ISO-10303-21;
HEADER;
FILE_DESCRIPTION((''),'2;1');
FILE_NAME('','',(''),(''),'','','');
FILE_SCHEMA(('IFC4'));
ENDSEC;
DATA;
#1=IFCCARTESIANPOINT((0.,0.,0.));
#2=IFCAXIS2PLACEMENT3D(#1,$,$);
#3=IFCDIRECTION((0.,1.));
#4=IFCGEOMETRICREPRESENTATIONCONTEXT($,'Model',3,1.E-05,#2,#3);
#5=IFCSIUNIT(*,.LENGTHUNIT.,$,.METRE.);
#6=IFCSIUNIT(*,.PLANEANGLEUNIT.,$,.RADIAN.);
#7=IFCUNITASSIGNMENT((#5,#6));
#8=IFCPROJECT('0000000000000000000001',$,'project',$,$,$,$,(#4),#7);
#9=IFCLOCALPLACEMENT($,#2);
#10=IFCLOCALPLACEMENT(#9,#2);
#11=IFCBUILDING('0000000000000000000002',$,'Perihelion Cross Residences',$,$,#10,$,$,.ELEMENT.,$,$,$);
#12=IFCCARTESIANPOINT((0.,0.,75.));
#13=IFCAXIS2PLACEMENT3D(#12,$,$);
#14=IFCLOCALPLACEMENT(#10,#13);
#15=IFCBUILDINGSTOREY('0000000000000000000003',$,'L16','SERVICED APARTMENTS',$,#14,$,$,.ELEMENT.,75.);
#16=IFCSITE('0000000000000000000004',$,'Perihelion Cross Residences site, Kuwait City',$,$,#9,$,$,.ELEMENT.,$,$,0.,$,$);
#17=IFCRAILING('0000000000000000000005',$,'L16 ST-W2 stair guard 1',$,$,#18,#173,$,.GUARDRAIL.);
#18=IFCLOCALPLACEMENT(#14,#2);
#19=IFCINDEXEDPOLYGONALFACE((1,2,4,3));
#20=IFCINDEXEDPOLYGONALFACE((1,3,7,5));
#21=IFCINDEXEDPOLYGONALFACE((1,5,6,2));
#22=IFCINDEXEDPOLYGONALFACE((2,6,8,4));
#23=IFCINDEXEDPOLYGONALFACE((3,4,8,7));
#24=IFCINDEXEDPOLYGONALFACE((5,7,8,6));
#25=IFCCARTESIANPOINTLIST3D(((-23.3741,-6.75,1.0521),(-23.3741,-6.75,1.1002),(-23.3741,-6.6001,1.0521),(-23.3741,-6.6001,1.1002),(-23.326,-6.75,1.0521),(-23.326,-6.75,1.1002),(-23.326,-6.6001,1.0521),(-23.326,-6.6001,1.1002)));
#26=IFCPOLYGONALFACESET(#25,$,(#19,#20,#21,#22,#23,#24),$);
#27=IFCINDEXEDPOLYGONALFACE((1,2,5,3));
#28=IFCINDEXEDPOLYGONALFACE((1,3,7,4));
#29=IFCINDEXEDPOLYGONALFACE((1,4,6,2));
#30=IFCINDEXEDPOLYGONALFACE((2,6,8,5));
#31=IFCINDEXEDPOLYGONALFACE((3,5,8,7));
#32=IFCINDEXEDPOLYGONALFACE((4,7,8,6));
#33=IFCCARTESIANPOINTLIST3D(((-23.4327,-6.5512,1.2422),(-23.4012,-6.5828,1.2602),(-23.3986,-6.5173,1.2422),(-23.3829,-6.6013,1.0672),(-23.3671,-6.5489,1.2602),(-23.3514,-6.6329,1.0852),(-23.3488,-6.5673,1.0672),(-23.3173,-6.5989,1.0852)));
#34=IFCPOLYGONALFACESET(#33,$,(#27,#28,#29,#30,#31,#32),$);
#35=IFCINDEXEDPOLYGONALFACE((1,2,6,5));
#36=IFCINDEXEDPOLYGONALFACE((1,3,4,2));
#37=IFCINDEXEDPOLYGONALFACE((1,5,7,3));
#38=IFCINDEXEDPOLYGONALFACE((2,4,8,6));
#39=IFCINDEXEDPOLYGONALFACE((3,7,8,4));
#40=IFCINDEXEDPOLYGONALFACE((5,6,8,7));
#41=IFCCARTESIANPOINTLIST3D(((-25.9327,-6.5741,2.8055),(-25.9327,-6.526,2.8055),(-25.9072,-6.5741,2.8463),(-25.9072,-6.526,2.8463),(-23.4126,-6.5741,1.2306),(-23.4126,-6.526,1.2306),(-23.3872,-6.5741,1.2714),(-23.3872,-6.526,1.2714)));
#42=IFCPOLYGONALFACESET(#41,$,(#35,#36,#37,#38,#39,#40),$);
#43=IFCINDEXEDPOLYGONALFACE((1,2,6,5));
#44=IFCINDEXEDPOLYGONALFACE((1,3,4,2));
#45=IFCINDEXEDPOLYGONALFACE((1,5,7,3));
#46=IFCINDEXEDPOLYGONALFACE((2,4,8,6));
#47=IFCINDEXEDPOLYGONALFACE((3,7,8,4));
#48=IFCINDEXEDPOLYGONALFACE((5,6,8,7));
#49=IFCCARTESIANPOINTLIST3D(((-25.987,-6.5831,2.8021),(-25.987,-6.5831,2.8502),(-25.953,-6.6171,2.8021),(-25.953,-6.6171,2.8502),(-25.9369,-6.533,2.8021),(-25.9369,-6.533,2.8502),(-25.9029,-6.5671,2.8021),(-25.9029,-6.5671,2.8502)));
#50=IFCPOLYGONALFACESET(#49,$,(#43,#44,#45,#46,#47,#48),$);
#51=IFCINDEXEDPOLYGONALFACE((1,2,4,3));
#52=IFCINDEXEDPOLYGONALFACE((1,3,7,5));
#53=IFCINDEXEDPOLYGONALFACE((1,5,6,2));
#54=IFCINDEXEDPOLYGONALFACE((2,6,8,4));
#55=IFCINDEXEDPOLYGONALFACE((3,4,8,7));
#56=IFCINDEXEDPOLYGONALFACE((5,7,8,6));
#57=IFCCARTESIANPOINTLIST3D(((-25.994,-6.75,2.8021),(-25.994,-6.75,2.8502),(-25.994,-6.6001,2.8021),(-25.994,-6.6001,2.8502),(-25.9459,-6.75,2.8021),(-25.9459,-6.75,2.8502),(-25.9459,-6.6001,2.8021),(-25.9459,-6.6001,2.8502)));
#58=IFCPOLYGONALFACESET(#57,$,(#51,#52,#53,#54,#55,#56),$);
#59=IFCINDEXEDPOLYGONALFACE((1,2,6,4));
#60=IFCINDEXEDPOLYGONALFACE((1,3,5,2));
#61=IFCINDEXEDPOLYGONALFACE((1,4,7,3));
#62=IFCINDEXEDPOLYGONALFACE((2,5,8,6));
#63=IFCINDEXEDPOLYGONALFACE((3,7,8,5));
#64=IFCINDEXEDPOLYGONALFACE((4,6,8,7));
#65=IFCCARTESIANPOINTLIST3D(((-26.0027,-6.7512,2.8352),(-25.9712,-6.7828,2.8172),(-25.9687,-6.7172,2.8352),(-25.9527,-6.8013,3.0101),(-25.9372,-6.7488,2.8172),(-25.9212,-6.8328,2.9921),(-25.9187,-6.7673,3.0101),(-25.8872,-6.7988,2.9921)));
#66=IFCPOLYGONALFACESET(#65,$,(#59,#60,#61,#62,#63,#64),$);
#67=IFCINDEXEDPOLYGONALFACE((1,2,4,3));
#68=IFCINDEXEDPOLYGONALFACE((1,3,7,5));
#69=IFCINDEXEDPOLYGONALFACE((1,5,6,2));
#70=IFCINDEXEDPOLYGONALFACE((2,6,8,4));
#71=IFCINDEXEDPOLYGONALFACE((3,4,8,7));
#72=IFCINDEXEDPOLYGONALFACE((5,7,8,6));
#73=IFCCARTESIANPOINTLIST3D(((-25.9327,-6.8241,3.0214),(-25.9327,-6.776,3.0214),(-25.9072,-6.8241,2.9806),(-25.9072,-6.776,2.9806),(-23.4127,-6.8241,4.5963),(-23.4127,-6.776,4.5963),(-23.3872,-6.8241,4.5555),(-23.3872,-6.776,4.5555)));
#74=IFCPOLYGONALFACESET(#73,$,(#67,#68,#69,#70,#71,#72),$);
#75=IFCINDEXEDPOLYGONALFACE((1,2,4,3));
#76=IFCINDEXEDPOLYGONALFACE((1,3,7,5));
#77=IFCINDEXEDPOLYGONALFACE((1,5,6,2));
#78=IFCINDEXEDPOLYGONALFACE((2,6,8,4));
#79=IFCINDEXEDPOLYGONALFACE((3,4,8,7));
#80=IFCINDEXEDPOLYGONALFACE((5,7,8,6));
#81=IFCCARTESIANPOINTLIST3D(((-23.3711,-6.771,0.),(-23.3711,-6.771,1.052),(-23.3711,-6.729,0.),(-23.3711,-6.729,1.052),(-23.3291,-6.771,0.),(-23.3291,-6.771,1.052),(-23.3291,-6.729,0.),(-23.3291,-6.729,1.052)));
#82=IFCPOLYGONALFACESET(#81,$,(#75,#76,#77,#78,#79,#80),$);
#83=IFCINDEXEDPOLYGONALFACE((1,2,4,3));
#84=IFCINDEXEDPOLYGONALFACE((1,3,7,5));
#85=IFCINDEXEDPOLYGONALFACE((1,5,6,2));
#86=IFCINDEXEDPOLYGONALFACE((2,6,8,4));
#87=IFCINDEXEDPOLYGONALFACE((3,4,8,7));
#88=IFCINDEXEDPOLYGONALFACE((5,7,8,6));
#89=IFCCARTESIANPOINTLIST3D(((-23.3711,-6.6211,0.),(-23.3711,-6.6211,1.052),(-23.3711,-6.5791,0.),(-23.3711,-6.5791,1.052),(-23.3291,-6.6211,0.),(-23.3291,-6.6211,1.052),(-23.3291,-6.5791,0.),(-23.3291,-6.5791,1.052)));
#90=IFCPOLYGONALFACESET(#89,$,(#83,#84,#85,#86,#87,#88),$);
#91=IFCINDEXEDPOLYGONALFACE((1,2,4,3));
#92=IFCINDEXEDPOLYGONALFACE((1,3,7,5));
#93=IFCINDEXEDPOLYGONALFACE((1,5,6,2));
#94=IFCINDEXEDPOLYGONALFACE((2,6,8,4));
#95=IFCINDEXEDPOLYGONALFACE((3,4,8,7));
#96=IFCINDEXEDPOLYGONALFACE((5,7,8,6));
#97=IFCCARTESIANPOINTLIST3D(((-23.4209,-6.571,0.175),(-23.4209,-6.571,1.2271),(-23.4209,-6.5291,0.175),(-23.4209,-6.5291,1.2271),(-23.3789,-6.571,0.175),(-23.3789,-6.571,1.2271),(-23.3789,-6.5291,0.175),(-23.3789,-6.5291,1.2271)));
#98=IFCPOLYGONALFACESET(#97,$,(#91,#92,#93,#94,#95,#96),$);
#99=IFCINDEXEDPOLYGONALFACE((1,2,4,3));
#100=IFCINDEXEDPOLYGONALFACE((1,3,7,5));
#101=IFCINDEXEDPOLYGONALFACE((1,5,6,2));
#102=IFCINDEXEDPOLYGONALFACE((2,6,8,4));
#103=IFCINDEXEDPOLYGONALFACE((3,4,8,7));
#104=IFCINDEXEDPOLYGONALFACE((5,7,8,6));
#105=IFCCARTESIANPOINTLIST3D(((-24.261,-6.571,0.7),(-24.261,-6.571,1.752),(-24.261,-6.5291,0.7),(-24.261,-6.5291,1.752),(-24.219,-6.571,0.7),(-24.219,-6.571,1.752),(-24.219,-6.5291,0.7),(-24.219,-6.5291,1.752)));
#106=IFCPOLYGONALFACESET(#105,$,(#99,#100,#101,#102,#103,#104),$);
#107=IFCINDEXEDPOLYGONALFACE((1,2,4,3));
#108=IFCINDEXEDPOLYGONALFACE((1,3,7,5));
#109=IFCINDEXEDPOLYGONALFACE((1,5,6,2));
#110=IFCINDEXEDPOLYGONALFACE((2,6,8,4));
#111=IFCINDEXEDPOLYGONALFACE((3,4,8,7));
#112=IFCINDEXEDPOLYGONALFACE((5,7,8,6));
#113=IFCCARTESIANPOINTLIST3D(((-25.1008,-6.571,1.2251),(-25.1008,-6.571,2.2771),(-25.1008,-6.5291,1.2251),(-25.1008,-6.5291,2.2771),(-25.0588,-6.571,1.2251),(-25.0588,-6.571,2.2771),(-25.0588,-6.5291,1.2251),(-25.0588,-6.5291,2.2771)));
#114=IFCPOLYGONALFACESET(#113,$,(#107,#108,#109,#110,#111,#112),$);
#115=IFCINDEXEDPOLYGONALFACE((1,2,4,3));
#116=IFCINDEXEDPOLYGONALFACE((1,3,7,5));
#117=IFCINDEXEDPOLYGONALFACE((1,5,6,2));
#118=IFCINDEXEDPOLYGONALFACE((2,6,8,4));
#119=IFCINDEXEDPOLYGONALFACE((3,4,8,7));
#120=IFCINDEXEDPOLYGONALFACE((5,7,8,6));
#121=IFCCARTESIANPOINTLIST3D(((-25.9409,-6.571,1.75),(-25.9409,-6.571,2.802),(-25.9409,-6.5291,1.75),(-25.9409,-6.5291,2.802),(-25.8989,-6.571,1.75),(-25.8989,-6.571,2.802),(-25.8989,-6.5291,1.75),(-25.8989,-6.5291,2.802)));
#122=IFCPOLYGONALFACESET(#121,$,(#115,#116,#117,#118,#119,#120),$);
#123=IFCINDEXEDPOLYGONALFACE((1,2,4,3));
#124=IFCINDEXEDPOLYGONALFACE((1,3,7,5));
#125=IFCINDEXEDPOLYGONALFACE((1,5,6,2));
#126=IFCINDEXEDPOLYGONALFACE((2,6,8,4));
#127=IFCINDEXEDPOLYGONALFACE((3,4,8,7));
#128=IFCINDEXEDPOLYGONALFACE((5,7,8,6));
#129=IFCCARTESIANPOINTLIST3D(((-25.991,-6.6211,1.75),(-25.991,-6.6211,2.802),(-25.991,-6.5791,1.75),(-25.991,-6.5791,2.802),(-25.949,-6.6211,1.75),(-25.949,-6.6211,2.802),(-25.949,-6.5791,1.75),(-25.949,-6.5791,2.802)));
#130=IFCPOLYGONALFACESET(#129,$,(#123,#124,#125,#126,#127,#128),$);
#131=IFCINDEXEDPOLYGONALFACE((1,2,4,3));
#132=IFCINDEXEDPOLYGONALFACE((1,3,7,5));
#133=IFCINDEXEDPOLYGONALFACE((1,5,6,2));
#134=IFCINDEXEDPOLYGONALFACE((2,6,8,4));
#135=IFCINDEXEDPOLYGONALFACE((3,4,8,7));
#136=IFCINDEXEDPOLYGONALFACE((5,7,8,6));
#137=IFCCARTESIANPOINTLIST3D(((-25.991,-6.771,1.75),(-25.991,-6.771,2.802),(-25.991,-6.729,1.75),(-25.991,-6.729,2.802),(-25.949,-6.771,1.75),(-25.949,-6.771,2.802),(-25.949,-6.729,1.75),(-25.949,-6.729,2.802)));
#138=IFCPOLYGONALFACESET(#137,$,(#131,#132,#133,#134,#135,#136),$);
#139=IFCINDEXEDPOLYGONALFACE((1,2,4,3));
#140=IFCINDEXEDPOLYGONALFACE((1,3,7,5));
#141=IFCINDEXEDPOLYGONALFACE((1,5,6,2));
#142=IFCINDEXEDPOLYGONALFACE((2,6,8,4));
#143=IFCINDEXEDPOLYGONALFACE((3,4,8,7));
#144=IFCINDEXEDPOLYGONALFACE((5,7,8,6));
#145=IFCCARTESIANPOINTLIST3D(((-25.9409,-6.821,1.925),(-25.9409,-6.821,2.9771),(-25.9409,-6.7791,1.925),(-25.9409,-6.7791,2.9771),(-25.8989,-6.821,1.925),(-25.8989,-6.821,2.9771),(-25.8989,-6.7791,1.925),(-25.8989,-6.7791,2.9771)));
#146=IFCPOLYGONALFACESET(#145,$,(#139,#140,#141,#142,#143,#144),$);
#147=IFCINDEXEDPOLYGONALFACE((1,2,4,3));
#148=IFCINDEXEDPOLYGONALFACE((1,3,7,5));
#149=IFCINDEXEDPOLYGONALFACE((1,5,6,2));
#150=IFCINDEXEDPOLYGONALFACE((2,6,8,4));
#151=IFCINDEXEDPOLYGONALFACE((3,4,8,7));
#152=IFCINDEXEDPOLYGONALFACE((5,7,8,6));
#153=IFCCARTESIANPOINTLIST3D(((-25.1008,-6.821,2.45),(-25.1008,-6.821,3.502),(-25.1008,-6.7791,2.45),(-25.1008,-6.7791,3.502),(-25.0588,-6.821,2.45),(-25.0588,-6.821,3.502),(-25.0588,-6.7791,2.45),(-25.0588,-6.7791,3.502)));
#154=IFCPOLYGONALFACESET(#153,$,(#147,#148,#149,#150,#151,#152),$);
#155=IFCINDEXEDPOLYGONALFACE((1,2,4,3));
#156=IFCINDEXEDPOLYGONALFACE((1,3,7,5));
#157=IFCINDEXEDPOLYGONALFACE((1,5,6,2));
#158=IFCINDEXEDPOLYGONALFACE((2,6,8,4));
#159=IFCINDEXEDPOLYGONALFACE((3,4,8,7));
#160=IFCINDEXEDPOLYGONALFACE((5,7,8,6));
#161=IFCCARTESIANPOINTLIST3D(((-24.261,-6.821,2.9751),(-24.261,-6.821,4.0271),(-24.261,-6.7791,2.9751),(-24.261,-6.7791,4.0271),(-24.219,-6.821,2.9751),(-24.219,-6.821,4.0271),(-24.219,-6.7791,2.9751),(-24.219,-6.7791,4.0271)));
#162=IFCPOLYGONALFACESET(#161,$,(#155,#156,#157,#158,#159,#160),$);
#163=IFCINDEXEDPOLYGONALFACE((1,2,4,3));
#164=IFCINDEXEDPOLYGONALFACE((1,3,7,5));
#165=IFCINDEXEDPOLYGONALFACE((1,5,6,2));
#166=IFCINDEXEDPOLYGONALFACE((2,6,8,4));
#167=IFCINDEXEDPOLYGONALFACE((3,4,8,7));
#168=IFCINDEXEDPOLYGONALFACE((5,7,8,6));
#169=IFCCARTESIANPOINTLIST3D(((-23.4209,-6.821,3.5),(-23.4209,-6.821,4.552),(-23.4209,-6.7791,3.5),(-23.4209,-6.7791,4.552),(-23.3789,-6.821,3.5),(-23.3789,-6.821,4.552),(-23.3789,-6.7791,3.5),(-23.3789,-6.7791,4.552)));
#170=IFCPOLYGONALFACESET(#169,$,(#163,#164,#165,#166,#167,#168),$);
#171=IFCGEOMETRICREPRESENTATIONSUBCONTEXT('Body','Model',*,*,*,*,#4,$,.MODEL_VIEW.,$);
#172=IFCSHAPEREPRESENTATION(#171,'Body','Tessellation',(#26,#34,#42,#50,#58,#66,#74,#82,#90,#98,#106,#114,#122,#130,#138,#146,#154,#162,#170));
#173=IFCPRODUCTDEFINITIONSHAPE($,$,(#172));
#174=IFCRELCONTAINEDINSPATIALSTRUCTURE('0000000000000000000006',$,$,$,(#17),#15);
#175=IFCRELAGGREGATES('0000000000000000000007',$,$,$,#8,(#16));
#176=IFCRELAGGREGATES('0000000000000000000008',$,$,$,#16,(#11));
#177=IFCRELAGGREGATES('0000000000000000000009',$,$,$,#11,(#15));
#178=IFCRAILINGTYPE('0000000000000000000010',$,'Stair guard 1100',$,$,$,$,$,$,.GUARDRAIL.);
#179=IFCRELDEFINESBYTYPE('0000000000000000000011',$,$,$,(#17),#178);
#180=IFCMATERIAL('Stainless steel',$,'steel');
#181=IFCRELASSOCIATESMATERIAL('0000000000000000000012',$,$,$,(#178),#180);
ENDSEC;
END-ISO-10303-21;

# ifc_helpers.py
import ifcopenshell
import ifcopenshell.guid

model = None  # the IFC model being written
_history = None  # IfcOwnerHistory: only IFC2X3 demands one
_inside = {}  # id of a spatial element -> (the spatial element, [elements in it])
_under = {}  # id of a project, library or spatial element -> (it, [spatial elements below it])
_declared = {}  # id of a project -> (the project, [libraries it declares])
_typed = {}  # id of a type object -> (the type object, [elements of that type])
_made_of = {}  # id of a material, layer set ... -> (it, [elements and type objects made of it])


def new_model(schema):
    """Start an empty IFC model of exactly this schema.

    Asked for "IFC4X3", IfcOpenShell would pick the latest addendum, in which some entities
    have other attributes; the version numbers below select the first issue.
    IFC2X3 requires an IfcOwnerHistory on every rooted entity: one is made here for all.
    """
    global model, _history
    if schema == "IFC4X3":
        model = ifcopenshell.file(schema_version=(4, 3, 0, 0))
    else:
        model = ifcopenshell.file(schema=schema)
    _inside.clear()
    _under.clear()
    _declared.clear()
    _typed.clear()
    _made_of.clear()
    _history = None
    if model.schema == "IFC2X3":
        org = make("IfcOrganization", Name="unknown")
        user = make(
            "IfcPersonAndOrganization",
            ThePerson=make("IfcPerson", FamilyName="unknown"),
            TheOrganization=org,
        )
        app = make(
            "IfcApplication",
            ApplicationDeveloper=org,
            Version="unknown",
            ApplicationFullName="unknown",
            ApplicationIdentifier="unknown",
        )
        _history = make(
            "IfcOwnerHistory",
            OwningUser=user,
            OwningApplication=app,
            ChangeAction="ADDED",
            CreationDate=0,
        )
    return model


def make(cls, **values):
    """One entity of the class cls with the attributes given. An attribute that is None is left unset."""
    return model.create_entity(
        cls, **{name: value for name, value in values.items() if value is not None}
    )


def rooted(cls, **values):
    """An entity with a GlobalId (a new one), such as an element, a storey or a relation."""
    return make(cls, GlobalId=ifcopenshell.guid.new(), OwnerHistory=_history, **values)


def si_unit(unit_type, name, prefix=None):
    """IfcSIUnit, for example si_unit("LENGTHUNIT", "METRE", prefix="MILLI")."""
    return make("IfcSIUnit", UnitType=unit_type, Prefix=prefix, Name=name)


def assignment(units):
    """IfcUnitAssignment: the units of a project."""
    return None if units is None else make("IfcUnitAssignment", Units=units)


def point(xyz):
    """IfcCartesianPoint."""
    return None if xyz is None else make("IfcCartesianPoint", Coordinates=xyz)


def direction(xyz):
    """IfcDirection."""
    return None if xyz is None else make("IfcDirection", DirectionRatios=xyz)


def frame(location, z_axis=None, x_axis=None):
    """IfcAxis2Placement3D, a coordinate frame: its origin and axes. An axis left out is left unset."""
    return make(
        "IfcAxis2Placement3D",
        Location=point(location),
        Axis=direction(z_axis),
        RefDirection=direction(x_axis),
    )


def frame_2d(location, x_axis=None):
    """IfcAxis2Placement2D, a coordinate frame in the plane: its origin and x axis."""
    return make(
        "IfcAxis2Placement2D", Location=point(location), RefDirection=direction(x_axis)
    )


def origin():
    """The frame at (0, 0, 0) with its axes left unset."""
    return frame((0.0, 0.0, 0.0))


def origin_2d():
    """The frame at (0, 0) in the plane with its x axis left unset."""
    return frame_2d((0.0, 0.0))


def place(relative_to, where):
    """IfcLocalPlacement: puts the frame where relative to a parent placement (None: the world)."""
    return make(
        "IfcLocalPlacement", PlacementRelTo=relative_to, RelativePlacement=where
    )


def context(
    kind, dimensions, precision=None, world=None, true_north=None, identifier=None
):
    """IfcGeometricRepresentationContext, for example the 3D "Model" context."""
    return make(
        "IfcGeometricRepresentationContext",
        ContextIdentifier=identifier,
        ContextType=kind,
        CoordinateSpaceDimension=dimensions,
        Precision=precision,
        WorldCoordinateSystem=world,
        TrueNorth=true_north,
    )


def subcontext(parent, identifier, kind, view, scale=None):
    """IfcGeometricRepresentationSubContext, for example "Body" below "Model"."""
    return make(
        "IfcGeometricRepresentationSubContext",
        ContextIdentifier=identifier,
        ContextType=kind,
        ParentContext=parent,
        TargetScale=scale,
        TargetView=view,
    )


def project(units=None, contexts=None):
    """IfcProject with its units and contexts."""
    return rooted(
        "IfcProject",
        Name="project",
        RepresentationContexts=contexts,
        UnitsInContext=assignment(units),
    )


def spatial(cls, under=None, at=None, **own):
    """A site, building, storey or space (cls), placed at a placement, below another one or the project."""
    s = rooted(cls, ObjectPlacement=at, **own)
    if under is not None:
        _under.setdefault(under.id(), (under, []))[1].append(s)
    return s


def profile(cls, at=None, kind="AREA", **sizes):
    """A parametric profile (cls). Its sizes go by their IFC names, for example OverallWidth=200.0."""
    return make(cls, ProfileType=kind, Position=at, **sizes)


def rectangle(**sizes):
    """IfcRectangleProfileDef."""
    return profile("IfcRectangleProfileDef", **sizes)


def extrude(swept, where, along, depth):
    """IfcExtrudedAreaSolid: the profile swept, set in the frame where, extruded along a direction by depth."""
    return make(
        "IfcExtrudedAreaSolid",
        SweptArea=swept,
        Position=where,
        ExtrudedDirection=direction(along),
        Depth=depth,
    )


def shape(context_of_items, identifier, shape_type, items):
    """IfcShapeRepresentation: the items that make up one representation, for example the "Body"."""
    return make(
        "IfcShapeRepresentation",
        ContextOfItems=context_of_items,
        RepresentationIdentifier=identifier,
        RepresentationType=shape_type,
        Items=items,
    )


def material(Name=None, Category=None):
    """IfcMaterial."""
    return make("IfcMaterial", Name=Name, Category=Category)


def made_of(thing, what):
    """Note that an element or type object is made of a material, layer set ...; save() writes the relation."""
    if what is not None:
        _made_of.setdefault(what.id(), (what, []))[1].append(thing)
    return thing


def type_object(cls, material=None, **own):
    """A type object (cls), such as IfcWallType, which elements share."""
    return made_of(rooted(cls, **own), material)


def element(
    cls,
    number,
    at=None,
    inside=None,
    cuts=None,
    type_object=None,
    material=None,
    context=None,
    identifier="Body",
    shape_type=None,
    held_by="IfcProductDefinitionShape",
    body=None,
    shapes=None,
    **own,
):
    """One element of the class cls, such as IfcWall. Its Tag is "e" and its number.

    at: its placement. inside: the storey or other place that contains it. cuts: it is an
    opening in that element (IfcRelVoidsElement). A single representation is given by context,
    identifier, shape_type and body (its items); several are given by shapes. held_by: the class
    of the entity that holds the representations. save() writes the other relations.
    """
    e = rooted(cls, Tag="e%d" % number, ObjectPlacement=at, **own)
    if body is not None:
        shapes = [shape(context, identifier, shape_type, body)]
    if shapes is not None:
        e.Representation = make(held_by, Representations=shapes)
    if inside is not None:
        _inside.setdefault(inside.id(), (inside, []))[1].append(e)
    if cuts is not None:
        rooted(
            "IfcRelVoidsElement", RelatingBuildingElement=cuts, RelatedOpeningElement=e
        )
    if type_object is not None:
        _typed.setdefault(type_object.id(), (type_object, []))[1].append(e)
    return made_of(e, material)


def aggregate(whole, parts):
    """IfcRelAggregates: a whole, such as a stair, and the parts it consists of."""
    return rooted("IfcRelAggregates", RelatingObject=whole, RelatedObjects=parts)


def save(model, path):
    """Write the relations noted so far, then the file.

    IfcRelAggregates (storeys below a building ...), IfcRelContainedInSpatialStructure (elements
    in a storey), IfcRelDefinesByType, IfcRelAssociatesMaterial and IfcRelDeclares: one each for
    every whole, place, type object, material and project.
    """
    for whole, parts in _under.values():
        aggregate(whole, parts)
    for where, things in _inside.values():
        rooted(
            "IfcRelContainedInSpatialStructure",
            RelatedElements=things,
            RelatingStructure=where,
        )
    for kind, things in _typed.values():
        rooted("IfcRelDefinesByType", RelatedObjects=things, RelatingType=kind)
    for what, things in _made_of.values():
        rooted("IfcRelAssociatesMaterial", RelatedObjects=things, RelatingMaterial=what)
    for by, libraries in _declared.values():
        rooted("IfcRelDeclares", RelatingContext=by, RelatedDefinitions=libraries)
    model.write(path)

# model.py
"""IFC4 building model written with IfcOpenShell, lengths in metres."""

from ifc_helpers import new_model, si_unit, direction, frame, origin, origin_2d, place, context, subcontext, project, spatial, rectangle, extrude, material, type_object, element, save


model = new_model("IFC4")

# Units and contexts
model_context = context("Model", 3, precision=1e-05, world=origin(), true_north=direction((0.0, 1.0)))
body_context = subcontext(model_context, "Body", "Model", "MODEL_VIEW")
ifc_project = project(units=[si_unit("LENGTHUNIT", "METRE"), si_unit("PLANEANGLEUNIT", "RADIAN")], contexts=[model_context])

# Site, building, storey
site_placement = place(None, origin())
site = spatial("IfcSite", under=ifc_project, at=site_placement, Name="Perihelion Cross Residences site, Kuwait City", CompositionType="ELEMENT", RefElevation=0.0)
building_placement = place(site_placement, origin())
building = spatial("IfcBuilding", under=site, at=building_placement, Name="Perihelion Cross Residences", CompositionType="ELEMENT")
storey_placement = place(building_placement, frame((0.0, 0.0, 75.0)))
storey = spatial("IfcBuildingStorey", under=building, at=storey_placement, Name="L16", Description="SERVICED APARTMENTS", CompositionType="ELEMENT", Elevation=75.0)

# Railing
ifc_material_1 = material(Name="Stainless steel", Category="steel")
railing_type_1 = type_object("IfcRailingType", Name="Stair guard 1100", PredefinedType="GUARDRAIL", material=ifc_material_1)
railing_1_placement = place(storey_placement, frame((-23.3501, -6.75, 0.0)))
element("IfcRailing", 1, at=railing_1_placement, inside=storey, type_object=railing_type_1, Name="L16 ST-W2 stair guard 1", PredefinedType="GUARDRAIL", context=body_context, shape_type="SweptSolid", body=[
    extrude(rectangle(XDim=0.0481, YDim=0.0481, at=origin_2d()), frame((0.0, 0.0, 1.0762), z_axis=(0.0, 1.0, 0.0), x_axis=(-1.0, 0.0, 0.0)), (0.0, 0.0, 1.0), 0.1499),
    extrude(rectangle(XDim=0.0481, YDim=0.0481, at=origin_2d()), frame((0.0, 0.1499, 1.0762), z_axis=(-0.263862, 0.265156, 0.927399), x_axis=(-0.708834, -0.705376, 0.0)), (0.0, 0.0, 1.0), 0.1887),
    extrude(rectangle(XDim=0.0481, YDim=0.0481, at=origin_2d()), frame((-0.0498, 0.2, 1.251), z_axis=(-0.848008, 0.0, 0.529984), x_axis=(0.0, -1.0, 0.0)), (0.0, 0.0, 1.0), 2.9717),
    extrude(rectangle(XDim=0.0481, YDim=0.0481, at=origin_2d()), frame((-2.5698, 0.2, 2.8262), z_axis=(-0.707107, -0.707107, 0.0), x_axis=(0.707107, -0.707107, 0.0)), (0.0, 0.0, 1.0), 0.0708),
    extrude(rectangle(XDim=0.0481, YDim=0.0481, at=origin_2d()), frame((-2.6199, 0.1499, 2.8262), z_axis=(0.0, -1.0, 0.0), x_axis=(1.0, 0.0, 0.0)), (0.0, 0.0, 1.0), 0.1499),
    extrude(rectangle(XDim=0.0481, YDim=0.0481, at=origin_2d()), frame((-2.6199, 0.0, 2.8262), z_axis=(0.265065, -0.265065, 0.927082), x_axis=(0.707107, 0.707107, 0.0)), (0.0, 0.0, 1.0), 0.1887),
    extrude(rectangle(XDim=0.0481, YDim=0.0481, at=origin_2d()), frame((-2.5698, -0.05, 3.001), z_axis=(0.848008, 0.0, 0.529984), x_axis=(0.0, 1.0, 0.0)), (0.0, 0.0, 1.0), 2.9717),
    extrude(rectangle(XDim=0.042, YDim=0.042, at=origin_2d()), origin(), (0.0, 0.0, 1.0), 1.052),
    extrude(rectangle(XDim=0.042, YDim=0.042, at=origin_2d()), frame((0.0, 0.1499, 0.0)), (0.0, 0.0, 1.0), 1.052),
    extrude(rectangle(XDim=0.042, YDim=0.042, at=origin_2d()), frame((-0.0498, 0.2, 0.175)), (0.0, 0.0, 1.0), 1.052),
    extrude(rectangle(XDim=0.042, YDim=0.042, at=origin_2d()), frame((-0.8899, 0.2, 0.7)), (0.0, 0.0, 1.0), 1.052),
    extrude(rectangle(XDim=0.042, YDim=0.042, at=origin_2d()), frame((-1.7297, 0.2, 1.2251)), (0.0, 0.0, 1.0), 1.052),
    extrude(rectangle(XDim=0.042, YDim=0.042, at=origin_2d()), frame((-2.5698, 0.2, 1.75)), (0.0, 0.0, 1.0), 1.052),
    extrude(rectangle(XDim=0.042, YDim=0.042, at=origin_2d()), frame((-2.6199, 0.1499, 1.75)), (0.0, 0.0, 1.0), 1.052),
    extrude(rectangle(XDim=0.042, YDim=0.042, at=origin_2d()), frame((-2.6199, 0.0, 1.75)), (0.0, 0.0, 1.0), 1.052),
    extrude(rectangle(XDim=0.042, YDim=0.042, at=origin_2d()), frame((-2.5698, -0.05, 1.925)), (0.0, 0.0, 1.0), 1.052),
    extrude(rectangle(XDim=0.042, YDim=0.042, at=origin_2d()), frame((-1.7297, -0.05, 2.45)), (0.0, 0.0, 1.0), 1.052),
    extrude(rectangle(XDim=0.042, YDim=0.042, at=origin_2d()), frame((-0.8899, -0.05, 2.9751)), (0.0, 0.0, 1.0), 1.052),
    extrude(rectangle(XDim=0.042, YDim=0.042, at=origin_2d()), frame((-0.0498, -0.05, 3.5)), (0.0, 0.0, 1.0), 1.052),
])

save(model, "model.ifc")
